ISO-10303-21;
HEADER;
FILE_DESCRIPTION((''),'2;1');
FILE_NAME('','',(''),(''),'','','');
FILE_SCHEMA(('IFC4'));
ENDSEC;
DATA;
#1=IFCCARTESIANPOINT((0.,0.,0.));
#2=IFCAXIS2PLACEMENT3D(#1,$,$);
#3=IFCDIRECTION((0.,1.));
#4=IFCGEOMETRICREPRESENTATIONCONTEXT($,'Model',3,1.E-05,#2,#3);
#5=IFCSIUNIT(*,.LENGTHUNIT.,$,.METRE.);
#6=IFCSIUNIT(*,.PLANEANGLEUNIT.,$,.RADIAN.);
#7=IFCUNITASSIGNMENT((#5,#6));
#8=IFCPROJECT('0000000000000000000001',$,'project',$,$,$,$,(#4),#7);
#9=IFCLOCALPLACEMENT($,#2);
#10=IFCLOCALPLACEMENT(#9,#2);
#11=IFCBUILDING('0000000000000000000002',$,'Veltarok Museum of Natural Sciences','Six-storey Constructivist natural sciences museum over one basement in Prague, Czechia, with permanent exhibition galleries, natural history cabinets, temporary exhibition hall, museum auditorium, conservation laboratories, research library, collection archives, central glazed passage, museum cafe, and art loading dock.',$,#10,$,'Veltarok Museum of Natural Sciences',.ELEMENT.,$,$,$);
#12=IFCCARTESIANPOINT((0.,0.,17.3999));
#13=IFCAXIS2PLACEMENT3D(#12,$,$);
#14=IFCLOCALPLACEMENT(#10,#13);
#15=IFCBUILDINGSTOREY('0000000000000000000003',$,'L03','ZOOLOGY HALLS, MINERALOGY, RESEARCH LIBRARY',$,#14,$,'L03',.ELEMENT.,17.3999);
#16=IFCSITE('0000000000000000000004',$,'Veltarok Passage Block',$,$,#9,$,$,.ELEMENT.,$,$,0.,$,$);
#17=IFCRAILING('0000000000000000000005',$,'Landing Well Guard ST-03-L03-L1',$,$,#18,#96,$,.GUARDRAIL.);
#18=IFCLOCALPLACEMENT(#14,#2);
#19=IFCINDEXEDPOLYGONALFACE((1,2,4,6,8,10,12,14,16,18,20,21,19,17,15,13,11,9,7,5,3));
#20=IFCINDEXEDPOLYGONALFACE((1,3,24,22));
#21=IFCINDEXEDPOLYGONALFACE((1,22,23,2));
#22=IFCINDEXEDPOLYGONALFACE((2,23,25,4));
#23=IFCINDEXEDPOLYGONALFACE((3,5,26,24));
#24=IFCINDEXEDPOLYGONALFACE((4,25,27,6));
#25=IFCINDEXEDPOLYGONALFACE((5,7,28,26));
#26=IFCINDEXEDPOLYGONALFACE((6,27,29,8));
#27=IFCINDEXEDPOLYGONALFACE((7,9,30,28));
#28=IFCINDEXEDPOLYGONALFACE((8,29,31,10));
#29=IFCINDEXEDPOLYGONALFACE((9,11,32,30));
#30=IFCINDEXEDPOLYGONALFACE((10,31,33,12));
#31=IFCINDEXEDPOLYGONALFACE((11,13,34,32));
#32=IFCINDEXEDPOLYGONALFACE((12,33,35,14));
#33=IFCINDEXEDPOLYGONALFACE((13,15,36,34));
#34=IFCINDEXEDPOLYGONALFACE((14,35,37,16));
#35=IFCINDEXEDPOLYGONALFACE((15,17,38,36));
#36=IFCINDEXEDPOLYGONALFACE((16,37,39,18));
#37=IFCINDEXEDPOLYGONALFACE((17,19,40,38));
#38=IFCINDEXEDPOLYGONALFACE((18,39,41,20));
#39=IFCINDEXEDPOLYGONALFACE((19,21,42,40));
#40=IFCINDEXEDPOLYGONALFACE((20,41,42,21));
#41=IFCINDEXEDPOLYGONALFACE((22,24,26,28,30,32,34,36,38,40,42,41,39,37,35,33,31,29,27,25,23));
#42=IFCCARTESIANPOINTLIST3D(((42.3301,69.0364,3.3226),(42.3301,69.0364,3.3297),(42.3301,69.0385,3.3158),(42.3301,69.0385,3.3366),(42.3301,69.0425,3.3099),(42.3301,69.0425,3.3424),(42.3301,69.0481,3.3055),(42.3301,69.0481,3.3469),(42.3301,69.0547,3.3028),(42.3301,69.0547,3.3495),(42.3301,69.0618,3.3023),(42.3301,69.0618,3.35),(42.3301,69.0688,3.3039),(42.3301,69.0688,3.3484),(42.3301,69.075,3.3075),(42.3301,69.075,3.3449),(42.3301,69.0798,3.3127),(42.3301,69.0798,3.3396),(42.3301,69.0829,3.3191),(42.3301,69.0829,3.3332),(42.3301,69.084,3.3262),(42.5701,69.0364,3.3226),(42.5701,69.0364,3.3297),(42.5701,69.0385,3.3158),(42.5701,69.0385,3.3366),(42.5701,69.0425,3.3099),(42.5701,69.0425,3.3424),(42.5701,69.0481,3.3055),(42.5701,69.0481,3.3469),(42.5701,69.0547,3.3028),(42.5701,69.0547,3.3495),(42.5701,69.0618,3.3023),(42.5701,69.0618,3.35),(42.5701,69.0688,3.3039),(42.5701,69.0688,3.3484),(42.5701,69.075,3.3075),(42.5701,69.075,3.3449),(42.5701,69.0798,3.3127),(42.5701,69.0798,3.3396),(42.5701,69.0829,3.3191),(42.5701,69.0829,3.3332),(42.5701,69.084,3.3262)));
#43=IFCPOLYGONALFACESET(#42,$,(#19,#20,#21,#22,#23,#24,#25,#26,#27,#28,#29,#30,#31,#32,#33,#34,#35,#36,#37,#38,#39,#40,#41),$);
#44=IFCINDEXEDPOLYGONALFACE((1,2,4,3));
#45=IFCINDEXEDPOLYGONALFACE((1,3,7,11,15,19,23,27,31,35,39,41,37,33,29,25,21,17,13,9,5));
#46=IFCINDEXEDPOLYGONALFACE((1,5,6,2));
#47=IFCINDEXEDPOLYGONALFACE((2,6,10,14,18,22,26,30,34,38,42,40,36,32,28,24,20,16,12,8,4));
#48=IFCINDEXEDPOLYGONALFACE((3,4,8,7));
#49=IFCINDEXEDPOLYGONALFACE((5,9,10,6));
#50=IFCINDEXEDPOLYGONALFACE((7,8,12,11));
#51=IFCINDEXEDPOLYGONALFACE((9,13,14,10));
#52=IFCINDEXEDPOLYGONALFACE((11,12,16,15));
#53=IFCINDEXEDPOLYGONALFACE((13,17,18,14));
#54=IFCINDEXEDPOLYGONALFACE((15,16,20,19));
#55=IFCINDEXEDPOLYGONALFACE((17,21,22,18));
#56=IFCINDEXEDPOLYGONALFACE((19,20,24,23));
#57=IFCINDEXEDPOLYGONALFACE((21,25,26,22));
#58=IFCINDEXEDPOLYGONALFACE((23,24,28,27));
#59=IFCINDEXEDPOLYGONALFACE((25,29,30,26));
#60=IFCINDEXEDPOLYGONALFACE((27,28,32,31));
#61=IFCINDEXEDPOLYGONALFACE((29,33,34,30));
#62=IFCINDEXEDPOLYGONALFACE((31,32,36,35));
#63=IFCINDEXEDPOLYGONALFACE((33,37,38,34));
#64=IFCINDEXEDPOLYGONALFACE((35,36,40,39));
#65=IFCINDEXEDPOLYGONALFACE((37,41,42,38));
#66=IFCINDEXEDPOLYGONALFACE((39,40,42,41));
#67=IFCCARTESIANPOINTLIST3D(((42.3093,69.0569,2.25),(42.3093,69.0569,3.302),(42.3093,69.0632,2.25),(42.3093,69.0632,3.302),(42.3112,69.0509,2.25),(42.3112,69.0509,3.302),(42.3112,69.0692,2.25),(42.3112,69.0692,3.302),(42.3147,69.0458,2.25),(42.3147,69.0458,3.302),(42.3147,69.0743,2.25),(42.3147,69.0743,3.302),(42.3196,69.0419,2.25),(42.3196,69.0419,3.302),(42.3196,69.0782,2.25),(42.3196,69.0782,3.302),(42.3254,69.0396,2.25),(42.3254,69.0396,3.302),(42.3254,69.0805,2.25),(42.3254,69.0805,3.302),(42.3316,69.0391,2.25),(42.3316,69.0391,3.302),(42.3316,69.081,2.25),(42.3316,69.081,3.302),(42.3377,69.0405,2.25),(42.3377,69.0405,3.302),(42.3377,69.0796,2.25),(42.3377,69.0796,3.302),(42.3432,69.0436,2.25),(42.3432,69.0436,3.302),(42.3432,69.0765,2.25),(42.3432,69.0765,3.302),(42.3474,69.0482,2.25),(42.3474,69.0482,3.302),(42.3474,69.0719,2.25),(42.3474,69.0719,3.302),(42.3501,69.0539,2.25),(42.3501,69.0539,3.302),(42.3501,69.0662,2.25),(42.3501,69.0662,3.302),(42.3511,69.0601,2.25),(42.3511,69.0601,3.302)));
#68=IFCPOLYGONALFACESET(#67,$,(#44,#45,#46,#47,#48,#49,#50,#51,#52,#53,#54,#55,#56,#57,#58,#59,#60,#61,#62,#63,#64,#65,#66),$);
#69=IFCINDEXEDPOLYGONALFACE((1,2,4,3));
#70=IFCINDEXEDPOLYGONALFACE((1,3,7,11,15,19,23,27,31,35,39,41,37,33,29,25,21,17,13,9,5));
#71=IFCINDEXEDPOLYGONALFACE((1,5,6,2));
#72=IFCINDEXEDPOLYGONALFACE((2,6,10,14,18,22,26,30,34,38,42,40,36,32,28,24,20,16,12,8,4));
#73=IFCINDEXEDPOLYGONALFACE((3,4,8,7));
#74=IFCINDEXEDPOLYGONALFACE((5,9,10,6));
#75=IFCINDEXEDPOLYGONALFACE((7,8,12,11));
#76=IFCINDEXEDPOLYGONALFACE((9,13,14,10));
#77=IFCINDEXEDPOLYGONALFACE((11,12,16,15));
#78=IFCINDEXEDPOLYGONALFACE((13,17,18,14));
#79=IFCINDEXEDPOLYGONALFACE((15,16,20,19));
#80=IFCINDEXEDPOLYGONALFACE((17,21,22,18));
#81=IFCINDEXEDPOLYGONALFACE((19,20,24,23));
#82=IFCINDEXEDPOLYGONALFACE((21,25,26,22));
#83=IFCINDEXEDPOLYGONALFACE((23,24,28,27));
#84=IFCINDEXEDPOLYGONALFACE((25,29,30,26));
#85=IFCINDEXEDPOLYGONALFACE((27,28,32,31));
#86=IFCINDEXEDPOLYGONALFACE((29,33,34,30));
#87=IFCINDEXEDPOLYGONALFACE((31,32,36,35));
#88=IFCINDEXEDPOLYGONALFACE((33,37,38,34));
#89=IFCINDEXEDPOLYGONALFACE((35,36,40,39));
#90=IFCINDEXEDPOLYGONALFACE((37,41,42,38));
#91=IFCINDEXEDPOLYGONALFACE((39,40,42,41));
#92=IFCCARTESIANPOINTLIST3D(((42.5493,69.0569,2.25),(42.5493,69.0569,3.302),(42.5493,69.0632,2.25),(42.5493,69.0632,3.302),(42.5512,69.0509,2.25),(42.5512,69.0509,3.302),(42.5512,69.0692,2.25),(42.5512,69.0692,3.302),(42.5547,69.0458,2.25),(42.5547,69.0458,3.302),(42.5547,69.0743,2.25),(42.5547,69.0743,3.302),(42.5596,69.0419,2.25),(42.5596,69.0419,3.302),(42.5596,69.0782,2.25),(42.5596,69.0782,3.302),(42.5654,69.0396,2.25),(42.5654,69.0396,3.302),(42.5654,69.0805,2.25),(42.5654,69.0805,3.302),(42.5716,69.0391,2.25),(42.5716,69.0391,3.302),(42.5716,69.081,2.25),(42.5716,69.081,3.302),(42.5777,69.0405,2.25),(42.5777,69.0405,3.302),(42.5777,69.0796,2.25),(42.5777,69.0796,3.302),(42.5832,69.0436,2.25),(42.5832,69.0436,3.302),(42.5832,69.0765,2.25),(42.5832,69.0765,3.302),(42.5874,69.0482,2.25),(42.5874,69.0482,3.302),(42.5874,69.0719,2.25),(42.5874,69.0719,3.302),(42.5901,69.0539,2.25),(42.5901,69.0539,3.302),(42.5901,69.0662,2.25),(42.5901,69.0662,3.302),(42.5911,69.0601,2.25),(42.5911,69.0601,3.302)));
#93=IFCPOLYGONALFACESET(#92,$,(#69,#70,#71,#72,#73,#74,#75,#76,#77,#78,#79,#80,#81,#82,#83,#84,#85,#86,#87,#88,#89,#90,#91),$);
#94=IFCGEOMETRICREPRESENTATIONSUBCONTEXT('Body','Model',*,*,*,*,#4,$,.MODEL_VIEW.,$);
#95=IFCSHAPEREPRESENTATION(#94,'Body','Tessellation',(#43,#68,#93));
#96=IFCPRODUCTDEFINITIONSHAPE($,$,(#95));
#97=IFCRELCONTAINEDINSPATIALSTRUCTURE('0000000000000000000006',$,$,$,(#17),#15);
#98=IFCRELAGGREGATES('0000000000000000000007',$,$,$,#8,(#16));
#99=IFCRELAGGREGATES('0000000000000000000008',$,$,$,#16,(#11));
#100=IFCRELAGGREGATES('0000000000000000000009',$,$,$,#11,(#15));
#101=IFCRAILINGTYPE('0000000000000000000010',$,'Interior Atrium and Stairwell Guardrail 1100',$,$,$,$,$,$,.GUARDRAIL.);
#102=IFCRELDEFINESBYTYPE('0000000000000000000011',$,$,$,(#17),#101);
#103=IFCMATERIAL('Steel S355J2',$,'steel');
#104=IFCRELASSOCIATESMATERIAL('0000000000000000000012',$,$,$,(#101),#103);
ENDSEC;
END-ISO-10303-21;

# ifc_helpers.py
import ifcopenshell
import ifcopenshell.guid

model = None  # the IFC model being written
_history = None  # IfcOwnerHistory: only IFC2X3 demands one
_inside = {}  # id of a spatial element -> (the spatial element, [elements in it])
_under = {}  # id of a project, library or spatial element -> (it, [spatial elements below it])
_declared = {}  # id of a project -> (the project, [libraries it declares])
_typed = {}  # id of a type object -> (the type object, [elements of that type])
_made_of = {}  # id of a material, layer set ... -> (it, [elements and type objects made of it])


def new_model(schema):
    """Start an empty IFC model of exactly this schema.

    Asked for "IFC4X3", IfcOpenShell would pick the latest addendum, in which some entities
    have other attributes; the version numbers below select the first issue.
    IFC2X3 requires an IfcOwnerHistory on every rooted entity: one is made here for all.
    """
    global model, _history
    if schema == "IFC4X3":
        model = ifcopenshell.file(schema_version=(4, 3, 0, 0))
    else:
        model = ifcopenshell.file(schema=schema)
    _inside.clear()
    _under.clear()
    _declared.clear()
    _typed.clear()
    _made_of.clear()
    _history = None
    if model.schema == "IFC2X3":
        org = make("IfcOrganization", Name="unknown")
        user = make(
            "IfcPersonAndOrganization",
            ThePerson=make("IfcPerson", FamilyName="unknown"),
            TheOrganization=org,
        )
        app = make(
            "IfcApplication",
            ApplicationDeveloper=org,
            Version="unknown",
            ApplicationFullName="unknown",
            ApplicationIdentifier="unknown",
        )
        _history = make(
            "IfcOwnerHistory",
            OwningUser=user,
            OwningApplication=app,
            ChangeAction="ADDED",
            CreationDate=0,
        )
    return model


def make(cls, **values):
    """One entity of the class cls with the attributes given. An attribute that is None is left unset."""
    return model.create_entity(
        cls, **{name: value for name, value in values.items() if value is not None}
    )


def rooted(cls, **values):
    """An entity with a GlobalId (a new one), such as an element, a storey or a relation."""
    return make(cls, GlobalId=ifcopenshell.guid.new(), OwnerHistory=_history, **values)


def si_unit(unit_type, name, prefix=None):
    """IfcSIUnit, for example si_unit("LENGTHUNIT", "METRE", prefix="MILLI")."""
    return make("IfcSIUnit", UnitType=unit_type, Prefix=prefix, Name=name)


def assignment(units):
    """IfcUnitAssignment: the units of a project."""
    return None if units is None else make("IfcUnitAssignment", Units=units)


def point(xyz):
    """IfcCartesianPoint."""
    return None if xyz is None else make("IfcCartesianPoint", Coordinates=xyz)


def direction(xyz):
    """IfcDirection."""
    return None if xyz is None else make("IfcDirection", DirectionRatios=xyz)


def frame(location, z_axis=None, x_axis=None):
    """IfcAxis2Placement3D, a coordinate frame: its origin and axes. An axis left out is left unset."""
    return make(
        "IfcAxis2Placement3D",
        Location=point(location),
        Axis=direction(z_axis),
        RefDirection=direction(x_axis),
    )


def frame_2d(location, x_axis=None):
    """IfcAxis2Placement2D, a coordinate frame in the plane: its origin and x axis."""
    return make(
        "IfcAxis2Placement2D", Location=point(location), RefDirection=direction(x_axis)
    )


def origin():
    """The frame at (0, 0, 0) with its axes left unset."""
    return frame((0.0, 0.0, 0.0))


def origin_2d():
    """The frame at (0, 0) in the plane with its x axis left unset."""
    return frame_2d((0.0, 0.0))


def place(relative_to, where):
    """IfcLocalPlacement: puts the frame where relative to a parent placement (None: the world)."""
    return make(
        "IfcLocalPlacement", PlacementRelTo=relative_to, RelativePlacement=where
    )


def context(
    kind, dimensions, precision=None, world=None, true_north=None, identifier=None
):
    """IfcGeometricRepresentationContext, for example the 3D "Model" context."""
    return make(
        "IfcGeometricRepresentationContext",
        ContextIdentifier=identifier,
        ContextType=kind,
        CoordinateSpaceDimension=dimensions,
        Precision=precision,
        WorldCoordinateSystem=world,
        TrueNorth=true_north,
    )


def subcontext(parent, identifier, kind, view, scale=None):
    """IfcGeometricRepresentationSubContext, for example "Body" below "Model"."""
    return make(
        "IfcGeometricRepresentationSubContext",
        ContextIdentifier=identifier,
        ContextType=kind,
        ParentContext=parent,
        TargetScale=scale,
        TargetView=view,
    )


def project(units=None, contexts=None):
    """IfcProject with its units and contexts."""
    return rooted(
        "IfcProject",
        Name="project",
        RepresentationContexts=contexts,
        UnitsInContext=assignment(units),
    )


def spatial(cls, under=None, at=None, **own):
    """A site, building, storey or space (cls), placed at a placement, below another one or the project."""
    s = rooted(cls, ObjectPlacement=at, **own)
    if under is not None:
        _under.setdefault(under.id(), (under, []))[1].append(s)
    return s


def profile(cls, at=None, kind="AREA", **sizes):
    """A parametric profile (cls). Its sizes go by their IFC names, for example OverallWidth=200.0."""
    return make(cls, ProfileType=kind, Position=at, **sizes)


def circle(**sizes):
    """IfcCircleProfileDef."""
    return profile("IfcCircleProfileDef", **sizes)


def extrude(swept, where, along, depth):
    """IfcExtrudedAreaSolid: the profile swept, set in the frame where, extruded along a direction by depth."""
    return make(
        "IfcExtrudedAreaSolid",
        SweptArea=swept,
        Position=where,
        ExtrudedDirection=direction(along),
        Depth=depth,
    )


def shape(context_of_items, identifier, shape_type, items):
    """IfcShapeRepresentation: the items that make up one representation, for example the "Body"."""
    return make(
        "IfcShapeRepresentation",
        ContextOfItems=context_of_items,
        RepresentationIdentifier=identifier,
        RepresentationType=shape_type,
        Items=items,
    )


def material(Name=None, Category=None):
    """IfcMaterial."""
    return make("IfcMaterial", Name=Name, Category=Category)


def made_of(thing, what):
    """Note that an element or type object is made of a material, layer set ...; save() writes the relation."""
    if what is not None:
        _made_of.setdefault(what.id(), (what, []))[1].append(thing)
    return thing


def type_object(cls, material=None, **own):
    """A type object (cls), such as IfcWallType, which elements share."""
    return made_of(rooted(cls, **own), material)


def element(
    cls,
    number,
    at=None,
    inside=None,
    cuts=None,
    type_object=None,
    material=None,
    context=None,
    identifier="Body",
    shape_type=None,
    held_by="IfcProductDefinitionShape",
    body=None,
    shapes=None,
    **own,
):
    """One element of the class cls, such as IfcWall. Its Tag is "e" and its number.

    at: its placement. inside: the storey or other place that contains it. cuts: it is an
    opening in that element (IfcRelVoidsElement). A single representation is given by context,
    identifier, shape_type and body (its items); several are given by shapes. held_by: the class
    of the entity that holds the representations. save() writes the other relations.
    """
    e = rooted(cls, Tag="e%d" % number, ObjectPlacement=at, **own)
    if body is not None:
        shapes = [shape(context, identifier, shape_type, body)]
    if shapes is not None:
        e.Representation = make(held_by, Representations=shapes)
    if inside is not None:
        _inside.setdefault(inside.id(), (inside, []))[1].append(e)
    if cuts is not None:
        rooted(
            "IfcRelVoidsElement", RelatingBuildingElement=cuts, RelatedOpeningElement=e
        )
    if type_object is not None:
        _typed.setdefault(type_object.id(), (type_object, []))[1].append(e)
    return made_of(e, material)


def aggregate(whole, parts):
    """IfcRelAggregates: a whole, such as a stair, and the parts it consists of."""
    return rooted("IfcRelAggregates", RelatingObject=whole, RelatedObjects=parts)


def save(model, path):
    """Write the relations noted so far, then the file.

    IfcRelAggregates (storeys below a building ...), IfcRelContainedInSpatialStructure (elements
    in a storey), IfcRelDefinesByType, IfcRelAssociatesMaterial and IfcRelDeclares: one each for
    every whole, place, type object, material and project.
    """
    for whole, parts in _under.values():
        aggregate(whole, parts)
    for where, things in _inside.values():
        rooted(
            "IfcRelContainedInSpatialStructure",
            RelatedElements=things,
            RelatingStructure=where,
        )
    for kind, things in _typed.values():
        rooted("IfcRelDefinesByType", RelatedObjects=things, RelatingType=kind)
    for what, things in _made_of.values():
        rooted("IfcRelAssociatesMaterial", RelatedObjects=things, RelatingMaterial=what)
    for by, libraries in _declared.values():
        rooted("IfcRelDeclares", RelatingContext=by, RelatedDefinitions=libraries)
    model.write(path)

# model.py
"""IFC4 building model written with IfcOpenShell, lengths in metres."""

from ifc_helpers import new_model, si_unit, direction, frame, origin, origin_2d, place, context, subcontext, project, spatial, circle, extrude, material, type_object, element, save


model = new_model("IFC4")

# Units and contexts
model_context = context("Model", 3, precision=1e-05, world=origin(), true_north=direction((0.0, 1.0)))
body_context = subcontext(model_context, "Body", "Model", "MODEL_VIEW")
ifc_project = project(units=[si_unit("LENGTHUNIT", "METRE"), si_unit("PLANEANGLEUNIT", "RADIAN")], contexts=[model_context])

# Site, building, storey
site_placement = place(None, origin())
site = spatial("IfcSite", under=ifc_project, at=site_placement, Name="Veltarok Passage Block", CompositionType="ELEMENT", RefElevation=0.0)
building_placement = place(site_placement, origin())
building = spatial("IfcBuilding", under=site, at=building_placement, Name="Veltarok Museum of Natural Sciences", Description="Six-storey Constructivist natural sciences museum over one basement in Prague, Czechia, with permanent exhibition galleries, natural history cabinets, temporary exhibition hall, museum auditorium, conservation laboratories, research library, collection archives, central glazed passage, museum cafe, and art loading dock.", LongName="Veltarok Museum of Natural Sciences", CompositionType="ELEMENT")
storey_placement = place(building_placement, frame((0.0, 0.0, 17.3999)))
storey = spatial("IfcBuildingStorey", under=building, at=storey_placement, Name="L03", Description="ZOOLOGY HALLS, MINERALOGY, RESEARCH LIBRARY", LongName="L03", CompositionType="ELEMENT", Elevation=17.3999)

# Shared definitions
ifc_material_1 = material(Name="Steel S355J2", Category="steel")

# Railing
railing_type_1 = type_object("IfcRailingType", Name="Interior Atrium and Stairwell Guardrail 1100", PredefinedType="GUARDRAIL", material=ifc_material_1)
for number, where, name in (
    (1, (42.3301, 69.0601, 2.25), "Landing Well Guard ST-03-L03-L1"),
):
    element("IfcRailing", number, at=place(storey_placement, frame(where)), inside=storey, type_object=railing_type_1, Name=name, PredefinedType="GUARDRAIL", context=body_context, shape_type="SweptSolid", body=[
        extrude(circle(Radius=0.0239, at=origin_2d()), frame((0.0, 0.0, 1.0762), z_axis=(1.0, 0.0, 0.0), x_axis=(0.0, 1.0, 0.0)), (0.0, 0.0, 1.0), 0.24),
        extrude(circle(Radius=0.021, at=origin_2d()), origin(), (0.0, 0.0, 1.0), 1.052),
        extrude(circle(Radius=0.021, at=origin_2d()), frame((0.24, 0.0, 0.0)), (0.0, 0.0, 1.0), 1.052),
    ])

save(model, "model.ifc")
